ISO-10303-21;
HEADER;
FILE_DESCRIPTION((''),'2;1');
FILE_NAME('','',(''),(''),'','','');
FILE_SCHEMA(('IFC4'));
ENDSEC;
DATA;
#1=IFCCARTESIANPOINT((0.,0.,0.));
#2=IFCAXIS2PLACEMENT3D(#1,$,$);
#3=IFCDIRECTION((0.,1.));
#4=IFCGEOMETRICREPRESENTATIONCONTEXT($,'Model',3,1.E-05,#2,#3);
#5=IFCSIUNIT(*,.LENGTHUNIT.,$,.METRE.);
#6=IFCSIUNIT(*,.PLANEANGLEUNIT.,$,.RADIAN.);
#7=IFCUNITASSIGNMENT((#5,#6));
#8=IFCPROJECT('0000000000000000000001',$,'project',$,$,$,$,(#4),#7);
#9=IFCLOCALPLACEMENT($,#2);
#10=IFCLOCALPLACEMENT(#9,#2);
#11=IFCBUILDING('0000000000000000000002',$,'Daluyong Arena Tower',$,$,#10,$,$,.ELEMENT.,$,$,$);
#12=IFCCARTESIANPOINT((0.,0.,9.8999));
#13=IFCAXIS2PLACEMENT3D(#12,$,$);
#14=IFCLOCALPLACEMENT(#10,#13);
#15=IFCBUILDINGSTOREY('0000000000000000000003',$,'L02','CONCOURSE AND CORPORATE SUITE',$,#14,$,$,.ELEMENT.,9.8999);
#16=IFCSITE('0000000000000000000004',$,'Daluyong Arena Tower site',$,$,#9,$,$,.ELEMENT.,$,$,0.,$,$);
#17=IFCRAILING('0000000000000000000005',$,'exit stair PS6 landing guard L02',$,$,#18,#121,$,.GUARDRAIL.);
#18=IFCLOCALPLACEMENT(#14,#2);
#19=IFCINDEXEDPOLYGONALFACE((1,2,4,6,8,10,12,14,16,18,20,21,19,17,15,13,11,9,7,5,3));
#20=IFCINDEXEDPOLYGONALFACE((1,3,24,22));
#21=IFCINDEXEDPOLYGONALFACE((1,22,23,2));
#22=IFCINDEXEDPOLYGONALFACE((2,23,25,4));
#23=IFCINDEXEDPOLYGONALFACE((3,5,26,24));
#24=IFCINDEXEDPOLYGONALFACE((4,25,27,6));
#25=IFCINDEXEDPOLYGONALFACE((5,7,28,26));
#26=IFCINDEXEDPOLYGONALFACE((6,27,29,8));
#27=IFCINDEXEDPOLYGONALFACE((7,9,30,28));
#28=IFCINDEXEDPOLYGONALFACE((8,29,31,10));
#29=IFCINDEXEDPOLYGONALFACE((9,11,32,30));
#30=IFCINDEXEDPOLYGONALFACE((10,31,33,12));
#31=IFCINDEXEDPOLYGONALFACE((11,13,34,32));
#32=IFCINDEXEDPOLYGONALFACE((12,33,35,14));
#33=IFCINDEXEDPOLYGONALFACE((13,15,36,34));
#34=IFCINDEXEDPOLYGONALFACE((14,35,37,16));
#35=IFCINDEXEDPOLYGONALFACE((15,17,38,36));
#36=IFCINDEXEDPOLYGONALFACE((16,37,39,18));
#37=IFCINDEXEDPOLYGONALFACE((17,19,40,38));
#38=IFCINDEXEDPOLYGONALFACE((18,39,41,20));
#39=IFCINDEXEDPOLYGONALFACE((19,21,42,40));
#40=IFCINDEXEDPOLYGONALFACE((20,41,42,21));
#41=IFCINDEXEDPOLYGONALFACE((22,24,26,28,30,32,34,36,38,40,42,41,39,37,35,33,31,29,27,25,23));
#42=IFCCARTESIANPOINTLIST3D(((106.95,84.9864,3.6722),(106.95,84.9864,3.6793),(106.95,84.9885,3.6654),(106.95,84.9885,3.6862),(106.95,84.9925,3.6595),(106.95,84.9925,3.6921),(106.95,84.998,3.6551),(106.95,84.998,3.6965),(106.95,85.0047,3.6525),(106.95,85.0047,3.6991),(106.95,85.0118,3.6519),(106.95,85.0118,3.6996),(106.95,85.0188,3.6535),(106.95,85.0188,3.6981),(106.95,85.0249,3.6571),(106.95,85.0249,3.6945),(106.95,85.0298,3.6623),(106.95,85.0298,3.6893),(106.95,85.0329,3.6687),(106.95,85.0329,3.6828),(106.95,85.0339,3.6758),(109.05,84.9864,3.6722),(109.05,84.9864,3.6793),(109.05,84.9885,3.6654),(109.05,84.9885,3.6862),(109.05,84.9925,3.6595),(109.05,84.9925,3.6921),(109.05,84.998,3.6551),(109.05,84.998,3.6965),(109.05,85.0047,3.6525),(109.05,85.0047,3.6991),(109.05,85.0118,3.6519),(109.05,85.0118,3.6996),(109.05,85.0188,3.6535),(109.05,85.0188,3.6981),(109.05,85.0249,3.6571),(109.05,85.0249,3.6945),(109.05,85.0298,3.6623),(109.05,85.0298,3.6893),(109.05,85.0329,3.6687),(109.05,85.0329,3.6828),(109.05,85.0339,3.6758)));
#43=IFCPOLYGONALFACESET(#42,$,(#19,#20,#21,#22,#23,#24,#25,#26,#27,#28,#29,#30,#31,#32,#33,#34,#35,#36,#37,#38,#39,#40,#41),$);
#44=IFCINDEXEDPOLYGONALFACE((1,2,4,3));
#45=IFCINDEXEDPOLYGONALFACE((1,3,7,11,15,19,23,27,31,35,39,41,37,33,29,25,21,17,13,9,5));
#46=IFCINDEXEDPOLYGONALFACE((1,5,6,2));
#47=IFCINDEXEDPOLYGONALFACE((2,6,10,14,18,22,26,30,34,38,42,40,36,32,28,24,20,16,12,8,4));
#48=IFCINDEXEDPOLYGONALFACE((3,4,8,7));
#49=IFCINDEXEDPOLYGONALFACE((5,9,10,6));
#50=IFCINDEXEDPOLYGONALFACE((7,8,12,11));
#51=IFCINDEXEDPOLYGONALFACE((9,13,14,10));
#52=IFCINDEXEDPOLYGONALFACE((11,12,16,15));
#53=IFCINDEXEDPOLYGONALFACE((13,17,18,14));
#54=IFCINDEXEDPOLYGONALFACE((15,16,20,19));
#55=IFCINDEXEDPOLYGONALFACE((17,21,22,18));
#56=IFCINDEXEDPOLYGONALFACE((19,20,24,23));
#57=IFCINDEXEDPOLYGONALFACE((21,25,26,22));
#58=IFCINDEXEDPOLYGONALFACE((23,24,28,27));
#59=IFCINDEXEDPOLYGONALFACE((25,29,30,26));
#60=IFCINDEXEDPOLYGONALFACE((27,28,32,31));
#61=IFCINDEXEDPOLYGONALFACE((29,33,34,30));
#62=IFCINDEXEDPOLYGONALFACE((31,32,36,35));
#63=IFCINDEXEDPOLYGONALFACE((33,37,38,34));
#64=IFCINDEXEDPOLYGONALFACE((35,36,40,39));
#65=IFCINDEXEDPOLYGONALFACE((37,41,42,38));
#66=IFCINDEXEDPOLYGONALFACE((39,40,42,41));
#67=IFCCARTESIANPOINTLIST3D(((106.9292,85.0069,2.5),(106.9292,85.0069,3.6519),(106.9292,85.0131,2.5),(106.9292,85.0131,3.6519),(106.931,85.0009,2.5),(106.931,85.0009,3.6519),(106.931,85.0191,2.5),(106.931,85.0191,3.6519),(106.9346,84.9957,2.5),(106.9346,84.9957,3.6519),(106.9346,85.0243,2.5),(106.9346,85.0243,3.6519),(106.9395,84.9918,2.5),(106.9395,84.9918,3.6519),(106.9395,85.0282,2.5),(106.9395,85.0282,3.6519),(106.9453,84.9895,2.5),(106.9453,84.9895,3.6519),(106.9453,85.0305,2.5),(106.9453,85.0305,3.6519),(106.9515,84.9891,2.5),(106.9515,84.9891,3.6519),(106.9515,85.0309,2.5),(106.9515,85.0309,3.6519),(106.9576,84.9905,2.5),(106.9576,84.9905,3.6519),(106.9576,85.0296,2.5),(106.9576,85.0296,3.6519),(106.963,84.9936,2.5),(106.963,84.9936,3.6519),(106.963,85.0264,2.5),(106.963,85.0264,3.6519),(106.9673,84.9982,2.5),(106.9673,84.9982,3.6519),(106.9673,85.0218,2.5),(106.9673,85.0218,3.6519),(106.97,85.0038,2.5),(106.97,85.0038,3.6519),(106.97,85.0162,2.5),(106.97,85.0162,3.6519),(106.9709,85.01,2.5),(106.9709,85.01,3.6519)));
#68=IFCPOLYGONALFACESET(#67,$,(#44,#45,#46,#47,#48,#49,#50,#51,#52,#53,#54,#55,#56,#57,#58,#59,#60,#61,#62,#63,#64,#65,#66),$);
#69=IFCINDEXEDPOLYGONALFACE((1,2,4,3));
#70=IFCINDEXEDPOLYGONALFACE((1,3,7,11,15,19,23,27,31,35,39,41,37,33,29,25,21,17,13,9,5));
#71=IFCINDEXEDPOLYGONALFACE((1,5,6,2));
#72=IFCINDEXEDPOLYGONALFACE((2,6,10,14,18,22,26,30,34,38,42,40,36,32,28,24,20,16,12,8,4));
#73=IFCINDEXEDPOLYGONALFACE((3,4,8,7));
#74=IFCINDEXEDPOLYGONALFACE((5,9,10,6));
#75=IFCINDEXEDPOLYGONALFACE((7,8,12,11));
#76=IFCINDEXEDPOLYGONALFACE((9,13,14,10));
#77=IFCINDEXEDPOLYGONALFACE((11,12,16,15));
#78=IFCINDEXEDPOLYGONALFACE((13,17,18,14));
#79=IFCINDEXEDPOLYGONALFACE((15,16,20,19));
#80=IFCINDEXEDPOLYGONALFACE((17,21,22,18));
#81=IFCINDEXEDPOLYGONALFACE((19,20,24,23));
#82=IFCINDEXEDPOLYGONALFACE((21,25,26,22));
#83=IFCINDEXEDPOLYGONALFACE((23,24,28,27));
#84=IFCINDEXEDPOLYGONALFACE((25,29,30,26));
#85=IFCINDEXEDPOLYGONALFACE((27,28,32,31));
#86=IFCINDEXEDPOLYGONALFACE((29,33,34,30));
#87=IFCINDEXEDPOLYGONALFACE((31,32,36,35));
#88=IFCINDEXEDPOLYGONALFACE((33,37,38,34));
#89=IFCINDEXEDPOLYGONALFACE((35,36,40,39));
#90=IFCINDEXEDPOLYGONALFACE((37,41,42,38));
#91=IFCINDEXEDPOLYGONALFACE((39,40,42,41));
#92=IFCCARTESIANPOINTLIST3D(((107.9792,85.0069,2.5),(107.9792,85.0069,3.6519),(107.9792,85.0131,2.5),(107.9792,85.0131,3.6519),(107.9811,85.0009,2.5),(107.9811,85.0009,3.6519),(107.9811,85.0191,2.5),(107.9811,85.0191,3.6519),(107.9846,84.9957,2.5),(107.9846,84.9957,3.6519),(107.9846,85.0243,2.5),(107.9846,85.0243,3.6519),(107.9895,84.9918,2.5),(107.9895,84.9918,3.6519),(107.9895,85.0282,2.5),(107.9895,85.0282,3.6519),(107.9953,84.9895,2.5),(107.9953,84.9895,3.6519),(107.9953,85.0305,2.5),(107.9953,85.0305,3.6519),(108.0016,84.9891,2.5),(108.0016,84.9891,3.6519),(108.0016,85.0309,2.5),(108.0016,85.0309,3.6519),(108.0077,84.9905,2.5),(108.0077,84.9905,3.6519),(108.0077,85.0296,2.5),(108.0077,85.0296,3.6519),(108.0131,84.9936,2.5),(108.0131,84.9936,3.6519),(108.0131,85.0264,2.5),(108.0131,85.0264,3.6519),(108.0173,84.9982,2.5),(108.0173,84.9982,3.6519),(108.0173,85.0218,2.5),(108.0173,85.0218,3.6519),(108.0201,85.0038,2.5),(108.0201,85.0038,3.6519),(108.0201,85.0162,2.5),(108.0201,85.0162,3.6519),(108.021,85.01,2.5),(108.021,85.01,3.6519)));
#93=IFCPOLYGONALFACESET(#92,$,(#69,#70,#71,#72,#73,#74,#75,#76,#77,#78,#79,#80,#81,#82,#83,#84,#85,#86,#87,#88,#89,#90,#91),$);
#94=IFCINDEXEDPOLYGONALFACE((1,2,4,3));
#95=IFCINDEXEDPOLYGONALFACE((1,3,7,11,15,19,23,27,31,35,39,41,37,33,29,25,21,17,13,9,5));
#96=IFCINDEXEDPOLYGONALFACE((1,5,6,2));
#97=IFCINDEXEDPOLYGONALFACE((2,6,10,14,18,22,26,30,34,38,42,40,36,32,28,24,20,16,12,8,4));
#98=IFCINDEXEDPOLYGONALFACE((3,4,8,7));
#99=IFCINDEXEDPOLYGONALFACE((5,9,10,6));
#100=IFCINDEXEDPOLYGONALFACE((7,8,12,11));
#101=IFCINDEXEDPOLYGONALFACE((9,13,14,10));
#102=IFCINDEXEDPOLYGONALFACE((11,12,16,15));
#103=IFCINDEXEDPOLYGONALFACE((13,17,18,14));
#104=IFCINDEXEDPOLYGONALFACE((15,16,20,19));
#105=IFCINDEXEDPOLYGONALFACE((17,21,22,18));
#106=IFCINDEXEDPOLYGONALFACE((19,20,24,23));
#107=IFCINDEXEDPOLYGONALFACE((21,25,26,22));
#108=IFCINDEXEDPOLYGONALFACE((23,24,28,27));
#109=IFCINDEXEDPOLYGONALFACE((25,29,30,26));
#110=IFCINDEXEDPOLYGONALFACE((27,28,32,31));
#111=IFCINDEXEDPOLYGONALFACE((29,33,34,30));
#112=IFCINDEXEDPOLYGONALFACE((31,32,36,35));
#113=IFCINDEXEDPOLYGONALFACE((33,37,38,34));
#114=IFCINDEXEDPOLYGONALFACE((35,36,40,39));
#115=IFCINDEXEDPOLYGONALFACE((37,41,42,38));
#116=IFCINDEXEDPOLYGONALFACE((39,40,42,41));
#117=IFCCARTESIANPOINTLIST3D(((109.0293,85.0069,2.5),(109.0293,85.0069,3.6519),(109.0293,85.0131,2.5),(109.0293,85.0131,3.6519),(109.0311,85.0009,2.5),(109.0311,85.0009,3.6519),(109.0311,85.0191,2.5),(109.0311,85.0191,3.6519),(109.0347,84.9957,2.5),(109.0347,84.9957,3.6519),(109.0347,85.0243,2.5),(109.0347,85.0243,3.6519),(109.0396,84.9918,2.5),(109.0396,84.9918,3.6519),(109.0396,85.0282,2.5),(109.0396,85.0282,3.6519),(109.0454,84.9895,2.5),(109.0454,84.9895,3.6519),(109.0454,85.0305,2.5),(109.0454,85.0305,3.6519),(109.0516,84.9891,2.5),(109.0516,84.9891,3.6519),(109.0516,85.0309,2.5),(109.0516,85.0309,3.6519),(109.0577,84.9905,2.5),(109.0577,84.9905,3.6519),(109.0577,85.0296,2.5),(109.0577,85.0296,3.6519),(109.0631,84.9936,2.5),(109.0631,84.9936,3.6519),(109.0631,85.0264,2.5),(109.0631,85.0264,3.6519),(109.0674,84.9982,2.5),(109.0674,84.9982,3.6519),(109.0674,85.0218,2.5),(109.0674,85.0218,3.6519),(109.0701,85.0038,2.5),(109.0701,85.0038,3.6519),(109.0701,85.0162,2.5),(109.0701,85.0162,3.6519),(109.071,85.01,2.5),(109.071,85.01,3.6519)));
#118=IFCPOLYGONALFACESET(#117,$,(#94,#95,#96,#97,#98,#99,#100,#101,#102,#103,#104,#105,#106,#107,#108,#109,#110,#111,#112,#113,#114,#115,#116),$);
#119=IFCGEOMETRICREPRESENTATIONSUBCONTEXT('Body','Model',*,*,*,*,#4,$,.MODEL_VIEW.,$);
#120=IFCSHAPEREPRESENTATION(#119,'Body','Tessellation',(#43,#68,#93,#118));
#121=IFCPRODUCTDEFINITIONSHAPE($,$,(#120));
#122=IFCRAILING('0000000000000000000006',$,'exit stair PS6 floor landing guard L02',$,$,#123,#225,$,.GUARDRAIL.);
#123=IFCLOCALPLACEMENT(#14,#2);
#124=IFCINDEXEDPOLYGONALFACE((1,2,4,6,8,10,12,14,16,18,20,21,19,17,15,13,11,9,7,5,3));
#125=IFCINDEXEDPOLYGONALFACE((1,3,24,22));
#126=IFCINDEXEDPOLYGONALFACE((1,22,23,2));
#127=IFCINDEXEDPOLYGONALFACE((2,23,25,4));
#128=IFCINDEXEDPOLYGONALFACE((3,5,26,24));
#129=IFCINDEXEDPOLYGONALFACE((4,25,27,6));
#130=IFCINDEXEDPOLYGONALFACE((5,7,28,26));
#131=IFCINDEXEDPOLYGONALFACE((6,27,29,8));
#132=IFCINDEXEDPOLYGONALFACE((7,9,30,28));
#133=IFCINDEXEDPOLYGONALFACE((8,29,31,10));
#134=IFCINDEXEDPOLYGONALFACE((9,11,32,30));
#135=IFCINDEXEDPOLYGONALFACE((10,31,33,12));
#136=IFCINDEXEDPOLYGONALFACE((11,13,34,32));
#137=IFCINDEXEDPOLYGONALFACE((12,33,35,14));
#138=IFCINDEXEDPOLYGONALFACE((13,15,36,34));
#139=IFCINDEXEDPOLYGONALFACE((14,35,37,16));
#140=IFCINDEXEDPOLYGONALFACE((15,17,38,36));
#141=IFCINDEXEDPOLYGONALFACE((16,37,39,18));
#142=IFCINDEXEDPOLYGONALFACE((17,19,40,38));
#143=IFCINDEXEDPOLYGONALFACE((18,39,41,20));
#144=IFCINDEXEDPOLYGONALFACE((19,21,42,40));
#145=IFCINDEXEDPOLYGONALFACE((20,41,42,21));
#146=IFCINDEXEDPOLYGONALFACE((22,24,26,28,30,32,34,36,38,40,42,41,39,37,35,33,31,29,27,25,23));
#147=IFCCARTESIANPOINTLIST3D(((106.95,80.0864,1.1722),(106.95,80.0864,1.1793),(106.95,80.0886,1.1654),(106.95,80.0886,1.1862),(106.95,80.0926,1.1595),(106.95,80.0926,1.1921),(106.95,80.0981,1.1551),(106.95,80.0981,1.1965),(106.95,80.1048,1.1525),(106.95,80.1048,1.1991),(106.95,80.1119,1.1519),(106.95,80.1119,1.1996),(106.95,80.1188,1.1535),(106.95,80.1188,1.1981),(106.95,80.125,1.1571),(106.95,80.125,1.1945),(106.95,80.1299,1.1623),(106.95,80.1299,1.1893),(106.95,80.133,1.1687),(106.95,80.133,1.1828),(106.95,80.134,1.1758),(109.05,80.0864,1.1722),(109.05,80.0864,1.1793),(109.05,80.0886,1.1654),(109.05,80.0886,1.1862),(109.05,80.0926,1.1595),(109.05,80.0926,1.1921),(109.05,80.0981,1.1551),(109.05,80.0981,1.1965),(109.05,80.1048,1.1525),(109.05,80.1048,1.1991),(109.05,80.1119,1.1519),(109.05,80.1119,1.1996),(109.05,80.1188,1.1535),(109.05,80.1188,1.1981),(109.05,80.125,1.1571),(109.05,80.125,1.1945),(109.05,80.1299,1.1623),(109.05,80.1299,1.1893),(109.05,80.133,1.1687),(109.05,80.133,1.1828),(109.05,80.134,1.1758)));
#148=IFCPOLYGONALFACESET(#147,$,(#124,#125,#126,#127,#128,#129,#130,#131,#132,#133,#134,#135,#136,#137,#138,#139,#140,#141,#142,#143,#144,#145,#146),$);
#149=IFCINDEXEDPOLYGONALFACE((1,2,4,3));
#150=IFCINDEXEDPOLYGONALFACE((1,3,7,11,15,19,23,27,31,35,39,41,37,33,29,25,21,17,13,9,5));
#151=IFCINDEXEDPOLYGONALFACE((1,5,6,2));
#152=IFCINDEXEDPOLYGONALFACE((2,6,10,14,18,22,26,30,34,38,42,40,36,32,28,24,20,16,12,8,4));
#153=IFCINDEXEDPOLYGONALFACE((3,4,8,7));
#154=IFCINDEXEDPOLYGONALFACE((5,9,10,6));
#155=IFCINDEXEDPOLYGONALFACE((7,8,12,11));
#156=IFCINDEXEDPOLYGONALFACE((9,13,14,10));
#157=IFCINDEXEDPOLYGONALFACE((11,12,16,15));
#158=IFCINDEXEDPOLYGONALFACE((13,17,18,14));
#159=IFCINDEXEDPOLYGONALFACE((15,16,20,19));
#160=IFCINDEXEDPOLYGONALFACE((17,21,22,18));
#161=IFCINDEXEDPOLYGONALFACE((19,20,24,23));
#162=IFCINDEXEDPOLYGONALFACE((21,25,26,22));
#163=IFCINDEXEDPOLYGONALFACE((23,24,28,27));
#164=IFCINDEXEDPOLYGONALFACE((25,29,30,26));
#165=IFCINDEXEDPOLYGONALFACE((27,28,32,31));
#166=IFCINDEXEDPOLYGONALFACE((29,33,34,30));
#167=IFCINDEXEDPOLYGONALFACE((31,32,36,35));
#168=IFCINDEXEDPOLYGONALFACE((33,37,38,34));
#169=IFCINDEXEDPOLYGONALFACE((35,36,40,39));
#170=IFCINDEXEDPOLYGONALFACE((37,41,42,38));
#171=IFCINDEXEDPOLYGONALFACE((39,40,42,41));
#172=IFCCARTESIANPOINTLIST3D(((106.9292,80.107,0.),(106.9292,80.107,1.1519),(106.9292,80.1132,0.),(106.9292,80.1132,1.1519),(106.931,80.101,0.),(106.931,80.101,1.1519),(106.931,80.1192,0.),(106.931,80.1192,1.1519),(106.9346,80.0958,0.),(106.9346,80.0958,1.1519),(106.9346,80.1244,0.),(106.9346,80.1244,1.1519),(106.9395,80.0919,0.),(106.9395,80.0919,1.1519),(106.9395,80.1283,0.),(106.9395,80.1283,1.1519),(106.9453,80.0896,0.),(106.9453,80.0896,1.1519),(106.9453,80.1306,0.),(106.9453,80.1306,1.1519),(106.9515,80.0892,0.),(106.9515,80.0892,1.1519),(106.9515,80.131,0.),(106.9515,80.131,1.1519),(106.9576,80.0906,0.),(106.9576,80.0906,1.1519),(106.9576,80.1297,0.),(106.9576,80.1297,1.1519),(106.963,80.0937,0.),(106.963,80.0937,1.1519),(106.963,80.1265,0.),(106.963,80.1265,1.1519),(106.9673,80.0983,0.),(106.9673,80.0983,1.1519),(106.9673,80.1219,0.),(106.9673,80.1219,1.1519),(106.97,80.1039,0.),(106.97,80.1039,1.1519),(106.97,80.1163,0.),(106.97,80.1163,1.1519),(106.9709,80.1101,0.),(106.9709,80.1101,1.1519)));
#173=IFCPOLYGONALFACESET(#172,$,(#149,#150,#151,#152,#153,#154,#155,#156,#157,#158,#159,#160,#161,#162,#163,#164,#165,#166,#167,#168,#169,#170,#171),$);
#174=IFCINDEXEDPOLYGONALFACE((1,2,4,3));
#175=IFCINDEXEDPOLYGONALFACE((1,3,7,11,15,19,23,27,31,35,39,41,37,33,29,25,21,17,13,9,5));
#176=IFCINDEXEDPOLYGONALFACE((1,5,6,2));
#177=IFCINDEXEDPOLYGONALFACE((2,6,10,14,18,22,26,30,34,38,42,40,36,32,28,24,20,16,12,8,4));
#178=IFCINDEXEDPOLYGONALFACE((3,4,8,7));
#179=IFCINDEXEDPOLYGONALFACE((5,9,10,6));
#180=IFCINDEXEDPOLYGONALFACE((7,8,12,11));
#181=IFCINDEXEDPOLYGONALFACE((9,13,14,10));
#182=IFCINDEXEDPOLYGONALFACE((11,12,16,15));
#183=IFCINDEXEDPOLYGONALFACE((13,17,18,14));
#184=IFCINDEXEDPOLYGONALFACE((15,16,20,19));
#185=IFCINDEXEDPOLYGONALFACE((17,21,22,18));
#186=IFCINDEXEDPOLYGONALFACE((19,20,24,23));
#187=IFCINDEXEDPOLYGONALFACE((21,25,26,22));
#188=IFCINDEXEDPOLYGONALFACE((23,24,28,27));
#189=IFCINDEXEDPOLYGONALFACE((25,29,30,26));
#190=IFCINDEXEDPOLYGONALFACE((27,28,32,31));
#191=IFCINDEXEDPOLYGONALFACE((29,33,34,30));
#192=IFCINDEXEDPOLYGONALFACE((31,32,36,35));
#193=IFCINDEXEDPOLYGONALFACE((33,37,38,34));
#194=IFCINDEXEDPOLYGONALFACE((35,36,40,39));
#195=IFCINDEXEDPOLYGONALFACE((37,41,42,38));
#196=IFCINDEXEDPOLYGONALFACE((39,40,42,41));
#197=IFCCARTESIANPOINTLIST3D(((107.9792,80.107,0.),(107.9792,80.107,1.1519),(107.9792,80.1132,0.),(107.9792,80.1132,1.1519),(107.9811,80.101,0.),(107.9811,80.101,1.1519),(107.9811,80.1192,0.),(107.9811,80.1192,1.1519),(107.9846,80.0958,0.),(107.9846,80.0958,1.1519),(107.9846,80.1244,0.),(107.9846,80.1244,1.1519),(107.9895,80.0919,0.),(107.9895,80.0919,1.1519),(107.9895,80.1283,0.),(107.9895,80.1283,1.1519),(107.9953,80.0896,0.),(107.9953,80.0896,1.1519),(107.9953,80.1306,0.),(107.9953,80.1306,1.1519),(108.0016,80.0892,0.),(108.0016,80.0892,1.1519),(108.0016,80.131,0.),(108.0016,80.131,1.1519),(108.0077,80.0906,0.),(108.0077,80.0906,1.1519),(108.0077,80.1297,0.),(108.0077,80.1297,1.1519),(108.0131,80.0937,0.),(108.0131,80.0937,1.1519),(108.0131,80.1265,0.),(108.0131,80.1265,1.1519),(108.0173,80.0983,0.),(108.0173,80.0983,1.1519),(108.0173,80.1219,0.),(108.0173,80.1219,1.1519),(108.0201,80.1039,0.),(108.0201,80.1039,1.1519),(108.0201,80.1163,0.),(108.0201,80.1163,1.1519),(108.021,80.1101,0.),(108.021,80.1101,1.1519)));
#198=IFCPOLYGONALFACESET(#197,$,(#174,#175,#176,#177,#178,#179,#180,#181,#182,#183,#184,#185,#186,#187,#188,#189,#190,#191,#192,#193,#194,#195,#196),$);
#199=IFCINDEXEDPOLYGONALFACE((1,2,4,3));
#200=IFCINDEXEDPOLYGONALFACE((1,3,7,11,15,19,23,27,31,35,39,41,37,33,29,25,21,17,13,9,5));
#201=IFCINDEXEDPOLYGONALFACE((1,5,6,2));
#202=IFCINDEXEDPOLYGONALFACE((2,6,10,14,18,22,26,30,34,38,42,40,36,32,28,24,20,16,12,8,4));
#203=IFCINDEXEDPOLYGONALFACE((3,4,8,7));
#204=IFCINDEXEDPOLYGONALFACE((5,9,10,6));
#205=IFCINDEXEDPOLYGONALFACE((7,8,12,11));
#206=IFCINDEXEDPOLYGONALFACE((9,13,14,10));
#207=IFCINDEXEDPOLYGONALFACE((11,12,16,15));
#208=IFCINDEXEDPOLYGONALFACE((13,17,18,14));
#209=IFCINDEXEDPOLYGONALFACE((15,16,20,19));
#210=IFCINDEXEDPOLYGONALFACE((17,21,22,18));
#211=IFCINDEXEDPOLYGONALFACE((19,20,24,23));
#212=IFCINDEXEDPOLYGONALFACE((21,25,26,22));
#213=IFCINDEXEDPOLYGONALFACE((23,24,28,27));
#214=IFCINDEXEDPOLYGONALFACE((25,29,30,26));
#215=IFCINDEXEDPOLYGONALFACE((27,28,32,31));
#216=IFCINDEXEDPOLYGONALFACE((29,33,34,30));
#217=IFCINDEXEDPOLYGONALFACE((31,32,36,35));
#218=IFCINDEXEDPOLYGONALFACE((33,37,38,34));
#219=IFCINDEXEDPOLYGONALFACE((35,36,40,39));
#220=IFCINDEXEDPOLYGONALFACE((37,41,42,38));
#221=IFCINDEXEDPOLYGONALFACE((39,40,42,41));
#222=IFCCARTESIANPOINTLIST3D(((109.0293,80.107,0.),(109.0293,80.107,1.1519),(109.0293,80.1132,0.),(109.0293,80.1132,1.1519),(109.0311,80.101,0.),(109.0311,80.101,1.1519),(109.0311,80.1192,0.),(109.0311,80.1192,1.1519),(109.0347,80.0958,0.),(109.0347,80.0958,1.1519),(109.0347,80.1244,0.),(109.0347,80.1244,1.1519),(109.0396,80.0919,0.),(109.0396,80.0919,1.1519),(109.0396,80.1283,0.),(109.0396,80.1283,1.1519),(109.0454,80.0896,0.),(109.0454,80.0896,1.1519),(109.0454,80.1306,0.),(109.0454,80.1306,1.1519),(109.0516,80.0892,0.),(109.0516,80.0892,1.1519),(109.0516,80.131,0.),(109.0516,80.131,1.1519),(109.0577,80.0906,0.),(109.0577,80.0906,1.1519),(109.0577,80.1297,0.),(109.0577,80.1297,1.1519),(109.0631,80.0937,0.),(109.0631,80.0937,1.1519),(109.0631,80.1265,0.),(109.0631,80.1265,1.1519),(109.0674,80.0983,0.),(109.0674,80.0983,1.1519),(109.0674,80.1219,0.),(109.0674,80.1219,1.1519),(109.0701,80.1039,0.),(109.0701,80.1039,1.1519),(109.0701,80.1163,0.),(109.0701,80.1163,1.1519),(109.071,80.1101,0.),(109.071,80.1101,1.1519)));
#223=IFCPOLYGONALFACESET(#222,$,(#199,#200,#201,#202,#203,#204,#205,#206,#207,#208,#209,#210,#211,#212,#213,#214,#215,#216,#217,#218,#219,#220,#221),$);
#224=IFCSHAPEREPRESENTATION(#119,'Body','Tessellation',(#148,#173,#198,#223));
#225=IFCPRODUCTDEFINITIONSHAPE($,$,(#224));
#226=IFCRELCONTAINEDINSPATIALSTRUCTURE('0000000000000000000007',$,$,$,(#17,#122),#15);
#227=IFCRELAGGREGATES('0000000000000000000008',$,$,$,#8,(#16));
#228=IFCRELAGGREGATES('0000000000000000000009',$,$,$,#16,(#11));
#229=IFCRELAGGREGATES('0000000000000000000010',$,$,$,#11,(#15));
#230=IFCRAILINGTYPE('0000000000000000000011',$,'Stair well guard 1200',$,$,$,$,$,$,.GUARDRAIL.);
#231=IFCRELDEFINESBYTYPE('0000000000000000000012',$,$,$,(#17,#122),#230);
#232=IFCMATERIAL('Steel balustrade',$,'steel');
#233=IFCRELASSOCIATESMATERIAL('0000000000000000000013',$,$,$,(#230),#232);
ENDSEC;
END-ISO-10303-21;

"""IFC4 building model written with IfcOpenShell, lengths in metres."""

from ifc_helpers import new_model, si_unit, direction, frame, origin, origin_2d, place, context, subcontext, project, spatial, circle, extrude, material, type_object, element, save


model = new_model("IFC4")

# Units and contexts
model_context = context("Model", 3, precision=1e-05, world=origin(), true_north=direction((0.0, 1.0)))
body_context = subcontext(model_context, "Body", "Model", "MODEL_VIEW")
ifc_project = project(units=[si_unit("LENGTHUNIT", "METRE"), si_unit("PLANEANGLEUNIT", "RADIAN")], contexts=[model_context])

# Site, building, storey
site_placement = place(None, origin())
site = spatial("IfcSite", under=ifc_project, at=site_placement, Name="Daluyong Arena Tower site", CompositionType="ELEMENT", RefElevation=0.0)
building_placement = place(site_placement, origin())
building = spatial("IfcBuilding", under=site, at=building_placement, Name="Daluyong Arena Tower", CompositionType="ELEMENT")
storey_placement = place(building_placement, frame((0.0, 0.0, 9.8999)))
storey = spatial("IfcBuildingStorey", under=building, at=storey_placement, Name="L02", Description="CONCOURSE AND CORPORATE SUITE", CompositionType="ELEMENT", Elevation=9.8999)

# Railings
ifc_material_1 = material(Name="Steel balustrade", Category="steel")
railing_type_1 = type_object("IfcRailingType", Name="Stair well guard 1200", PredefinedType="GUARDRAIL", material=ifc_material_1)
for number, where, name in (
    (1, (106.95, 85.01, 2.5), "exit stair PS6 landing guard L02"),
    (2, (106.95, 80.1101, 0.0), "exit stair PS6 floor landing guard L02"),
):
    element("IfcRailing", number, at=place(storey_placement, frame(where)), inside=storey, type_object=railing_type_1, Name=name, PredefinedType="GUARDRAIL", context=body_context, shape_type="SweptSolid", body=[
        extrude(circle(Radius=0.0239, at=origin_2d()), frame((0.0, 0.0, 1.1758), z_axis=(1.0, 0.0, 0.0), x_axis=(0.0, 1.0, 0.0)), (0.0, 0.0, 1.0), 2.1001),
        extrude(circle(Radius=0.021, at=origin_2d()), origin(), (0.0, 0.0, 1.0), 1.1519),
        extrude(circle(Radius=0.021, at=origin_2d()), frame((1.05, 0.0, 0.0)), (0.0, 0.0, 1.0), 1.1519),
        extrude(circle(Radius=0.021, at=origin_2d()), frame((2.1001, 0.0, 0.0)), (0.0, 0.0, 1.0), 1.1519),
    ])

save(model, "model.ifc")
